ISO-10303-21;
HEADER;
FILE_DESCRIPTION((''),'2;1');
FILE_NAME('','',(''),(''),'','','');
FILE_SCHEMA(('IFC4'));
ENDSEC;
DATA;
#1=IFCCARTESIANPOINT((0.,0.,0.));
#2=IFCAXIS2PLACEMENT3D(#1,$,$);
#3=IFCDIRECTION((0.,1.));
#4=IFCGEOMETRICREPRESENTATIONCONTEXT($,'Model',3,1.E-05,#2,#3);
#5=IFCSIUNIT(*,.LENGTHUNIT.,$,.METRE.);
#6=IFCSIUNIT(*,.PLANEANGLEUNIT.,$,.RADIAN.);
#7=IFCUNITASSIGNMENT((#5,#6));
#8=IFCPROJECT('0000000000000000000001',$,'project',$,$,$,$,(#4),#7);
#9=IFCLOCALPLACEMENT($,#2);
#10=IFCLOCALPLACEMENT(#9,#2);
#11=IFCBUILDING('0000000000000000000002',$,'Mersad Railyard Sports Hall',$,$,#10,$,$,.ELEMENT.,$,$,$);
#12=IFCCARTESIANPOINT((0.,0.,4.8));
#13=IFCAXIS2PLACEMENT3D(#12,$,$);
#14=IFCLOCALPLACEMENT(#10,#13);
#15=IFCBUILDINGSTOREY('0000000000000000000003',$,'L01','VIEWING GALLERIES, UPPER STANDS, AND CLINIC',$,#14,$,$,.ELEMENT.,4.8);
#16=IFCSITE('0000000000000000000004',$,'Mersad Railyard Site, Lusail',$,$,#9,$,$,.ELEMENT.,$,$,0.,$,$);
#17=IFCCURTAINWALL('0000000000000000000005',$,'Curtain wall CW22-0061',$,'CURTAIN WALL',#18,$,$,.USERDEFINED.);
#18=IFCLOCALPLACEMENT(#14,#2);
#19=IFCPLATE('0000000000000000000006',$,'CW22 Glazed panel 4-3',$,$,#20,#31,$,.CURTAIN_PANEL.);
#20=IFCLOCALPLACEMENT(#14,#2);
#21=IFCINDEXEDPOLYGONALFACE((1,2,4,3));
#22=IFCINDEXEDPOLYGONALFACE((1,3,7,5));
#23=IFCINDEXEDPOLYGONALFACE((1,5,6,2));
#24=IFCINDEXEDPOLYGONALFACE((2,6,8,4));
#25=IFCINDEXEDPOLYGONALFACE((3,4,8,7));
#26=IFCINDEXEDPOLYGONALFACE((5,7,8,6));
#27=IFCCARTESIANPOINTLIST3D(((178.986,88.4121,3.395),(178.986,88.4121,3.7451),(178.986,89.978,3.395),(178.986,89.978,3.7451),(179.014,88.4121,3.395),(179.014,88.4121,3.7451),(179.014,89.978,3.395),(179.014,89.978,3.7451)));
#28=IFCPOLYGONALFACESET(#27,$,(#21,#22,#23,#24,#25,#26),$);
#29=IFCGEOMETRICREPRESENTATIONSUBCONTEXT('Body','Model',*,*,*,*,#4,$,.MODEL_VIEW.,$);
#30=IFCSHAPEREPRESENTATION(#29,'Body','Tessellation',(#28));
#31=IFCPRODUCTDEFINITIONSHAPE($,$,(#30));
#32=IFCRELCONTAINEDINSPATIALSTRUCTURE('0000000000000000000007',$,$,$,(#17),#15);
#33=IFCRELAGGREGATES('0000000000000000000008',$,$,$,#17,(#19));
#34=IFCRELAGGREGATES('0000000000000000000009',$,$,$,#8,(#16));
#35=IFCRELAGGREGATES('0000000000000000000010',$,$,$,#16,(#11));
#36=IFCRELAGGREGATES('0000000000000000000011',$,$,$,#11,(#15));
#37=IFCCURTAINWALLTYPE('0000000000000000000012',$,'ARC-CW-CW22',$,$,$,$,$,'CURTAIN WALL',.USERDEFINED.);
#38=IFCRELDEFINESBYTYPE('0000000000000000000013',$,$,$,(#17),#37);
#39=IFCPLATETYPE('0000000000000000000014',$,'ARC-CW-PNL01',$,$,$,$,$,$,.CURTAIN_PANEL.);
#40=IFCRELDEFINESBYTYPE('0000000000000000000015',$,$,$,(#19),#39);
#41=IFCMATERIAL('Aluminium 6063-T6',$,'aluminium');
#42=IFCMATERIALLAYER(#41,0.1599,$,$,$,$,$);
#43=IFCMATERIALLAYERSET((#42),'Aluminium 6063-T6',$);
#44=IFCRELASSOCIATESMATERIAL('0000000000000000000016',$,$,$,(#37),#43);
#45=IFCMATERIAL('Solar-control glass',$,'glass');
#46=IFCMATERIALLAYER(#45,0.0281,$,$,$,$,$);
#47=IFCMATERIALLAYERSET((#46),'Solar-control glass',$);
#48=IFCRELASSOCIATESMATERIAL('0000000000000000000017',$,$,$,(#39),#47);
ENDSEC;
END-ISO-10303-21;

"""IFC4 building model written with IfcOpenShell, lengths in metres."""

from ifc_helpers import new_model, si_unit, direction, frame, origin, origin_2d, place, context, subcontext, project, spatial, rectangle, extrude, material, layer, layer_set, type_object, element, aggregate, save


model = new_model("IFC4")

# Units and contexts
model_context = context("Model", 3, precision=1e-05, world=origin(), true_north=direction((0.0, 1.0)))
body_context = subcontext(model_context, "Body", "Model", "MODEL_VIEW")
ifc_project = project(units=[si_unit("LENGTHUNIT", "METRE"), si_unit("PLANEANGLEUNIT", "RADIAN")], contexts=[model_context])

# Site, building, storey
site_placement = place(None, origin())
site = spatial("IfcSite", under=ifc_project, at=site_placement, Name="Mersad Railyard Site, Lusail", CompositionType="ELEMENT", RefElevation=0.0)
building_placement = place(site_placement, origin())
building = spatial("IfcBuilding", under=site, at=building_placement, Name="Mersad Railyard Sports Hall", CompositionType="ELEMENT")
storey_placement = place(building_placement, frame((0.0, 0.0, 4.8)))
storey = spatial("IfcBuildingStorey", under=building, at=storey_placement, Name="L01", Description="VIEWING GALLERIES, UPPER STANDS, AND CLINIC", CompositionType="ELEMENT", Elevation=4.8)

# Curtain wall
ifc_material_1 = material(Name="Aluminium 6063-T6", Category="aluminium")
ifc_layer_1 = layer(ifc_material_1, 0.1599)
ifc_layer_set_1 = layer_set([ifc_layer_1], Name="Aluminium 6063-T6")
curtain_wall_type = type_object("IfcCurtainWallType", Name="ARC-CW-CW22", ElementType="CURTAIN WALL", PredefinedType="USERDEFINED", material=ifc_layer_set_1)
curtain_wall_placement = place(storey_placement, origin())
curtain_wall = element("IfcCurtainWall", 1, at=curtain_wall_placement, inside=storey, type_object=curtain_wall_type, Name="Curtain wall CW22-0061", ObjectType="CURTAIN WALL", PredefinedType="USERDEFINED")

# Plate
ifc_material_2 = material(Name="Solar-control glass", Category="glass")
ifc_layer_2 = layer(ifc_material_2, 0.0281)
ifc_layer_set_2 = layer_set([ifc_layer_2], Name="Solar-control glass")
plate_type = type_object("IfcPlateType", Name="ARC-CW-PNL01", PredefinedType="CURTAIN_PANEL", material=ifc_layer_set_2)
plate_1_placement = place(storey_placement, frame((179.0, 89.1951, 3.395), z_axis=(0.0, 0.0, 1.0), x_axis=(0.0, -1.0, 0.0)))
plate_1 = element("IfcPlate", 2, at=plate_1_placement, type_object=plate_type, Name="CW22 Glazed panel 4-3", PredefinedType="CURTAIN_PANEL", context=body_context, shape_type="SweptSolid", body=[
    extrude(rectangle(XDim=1.5659, YDim=0.0281, at=origin_2d()), origin(), (0.0, 0.0, 1.0), 0.3501),
])
aggregate(curtain_wall, [plate_1])

save(model, "model.ifc")
